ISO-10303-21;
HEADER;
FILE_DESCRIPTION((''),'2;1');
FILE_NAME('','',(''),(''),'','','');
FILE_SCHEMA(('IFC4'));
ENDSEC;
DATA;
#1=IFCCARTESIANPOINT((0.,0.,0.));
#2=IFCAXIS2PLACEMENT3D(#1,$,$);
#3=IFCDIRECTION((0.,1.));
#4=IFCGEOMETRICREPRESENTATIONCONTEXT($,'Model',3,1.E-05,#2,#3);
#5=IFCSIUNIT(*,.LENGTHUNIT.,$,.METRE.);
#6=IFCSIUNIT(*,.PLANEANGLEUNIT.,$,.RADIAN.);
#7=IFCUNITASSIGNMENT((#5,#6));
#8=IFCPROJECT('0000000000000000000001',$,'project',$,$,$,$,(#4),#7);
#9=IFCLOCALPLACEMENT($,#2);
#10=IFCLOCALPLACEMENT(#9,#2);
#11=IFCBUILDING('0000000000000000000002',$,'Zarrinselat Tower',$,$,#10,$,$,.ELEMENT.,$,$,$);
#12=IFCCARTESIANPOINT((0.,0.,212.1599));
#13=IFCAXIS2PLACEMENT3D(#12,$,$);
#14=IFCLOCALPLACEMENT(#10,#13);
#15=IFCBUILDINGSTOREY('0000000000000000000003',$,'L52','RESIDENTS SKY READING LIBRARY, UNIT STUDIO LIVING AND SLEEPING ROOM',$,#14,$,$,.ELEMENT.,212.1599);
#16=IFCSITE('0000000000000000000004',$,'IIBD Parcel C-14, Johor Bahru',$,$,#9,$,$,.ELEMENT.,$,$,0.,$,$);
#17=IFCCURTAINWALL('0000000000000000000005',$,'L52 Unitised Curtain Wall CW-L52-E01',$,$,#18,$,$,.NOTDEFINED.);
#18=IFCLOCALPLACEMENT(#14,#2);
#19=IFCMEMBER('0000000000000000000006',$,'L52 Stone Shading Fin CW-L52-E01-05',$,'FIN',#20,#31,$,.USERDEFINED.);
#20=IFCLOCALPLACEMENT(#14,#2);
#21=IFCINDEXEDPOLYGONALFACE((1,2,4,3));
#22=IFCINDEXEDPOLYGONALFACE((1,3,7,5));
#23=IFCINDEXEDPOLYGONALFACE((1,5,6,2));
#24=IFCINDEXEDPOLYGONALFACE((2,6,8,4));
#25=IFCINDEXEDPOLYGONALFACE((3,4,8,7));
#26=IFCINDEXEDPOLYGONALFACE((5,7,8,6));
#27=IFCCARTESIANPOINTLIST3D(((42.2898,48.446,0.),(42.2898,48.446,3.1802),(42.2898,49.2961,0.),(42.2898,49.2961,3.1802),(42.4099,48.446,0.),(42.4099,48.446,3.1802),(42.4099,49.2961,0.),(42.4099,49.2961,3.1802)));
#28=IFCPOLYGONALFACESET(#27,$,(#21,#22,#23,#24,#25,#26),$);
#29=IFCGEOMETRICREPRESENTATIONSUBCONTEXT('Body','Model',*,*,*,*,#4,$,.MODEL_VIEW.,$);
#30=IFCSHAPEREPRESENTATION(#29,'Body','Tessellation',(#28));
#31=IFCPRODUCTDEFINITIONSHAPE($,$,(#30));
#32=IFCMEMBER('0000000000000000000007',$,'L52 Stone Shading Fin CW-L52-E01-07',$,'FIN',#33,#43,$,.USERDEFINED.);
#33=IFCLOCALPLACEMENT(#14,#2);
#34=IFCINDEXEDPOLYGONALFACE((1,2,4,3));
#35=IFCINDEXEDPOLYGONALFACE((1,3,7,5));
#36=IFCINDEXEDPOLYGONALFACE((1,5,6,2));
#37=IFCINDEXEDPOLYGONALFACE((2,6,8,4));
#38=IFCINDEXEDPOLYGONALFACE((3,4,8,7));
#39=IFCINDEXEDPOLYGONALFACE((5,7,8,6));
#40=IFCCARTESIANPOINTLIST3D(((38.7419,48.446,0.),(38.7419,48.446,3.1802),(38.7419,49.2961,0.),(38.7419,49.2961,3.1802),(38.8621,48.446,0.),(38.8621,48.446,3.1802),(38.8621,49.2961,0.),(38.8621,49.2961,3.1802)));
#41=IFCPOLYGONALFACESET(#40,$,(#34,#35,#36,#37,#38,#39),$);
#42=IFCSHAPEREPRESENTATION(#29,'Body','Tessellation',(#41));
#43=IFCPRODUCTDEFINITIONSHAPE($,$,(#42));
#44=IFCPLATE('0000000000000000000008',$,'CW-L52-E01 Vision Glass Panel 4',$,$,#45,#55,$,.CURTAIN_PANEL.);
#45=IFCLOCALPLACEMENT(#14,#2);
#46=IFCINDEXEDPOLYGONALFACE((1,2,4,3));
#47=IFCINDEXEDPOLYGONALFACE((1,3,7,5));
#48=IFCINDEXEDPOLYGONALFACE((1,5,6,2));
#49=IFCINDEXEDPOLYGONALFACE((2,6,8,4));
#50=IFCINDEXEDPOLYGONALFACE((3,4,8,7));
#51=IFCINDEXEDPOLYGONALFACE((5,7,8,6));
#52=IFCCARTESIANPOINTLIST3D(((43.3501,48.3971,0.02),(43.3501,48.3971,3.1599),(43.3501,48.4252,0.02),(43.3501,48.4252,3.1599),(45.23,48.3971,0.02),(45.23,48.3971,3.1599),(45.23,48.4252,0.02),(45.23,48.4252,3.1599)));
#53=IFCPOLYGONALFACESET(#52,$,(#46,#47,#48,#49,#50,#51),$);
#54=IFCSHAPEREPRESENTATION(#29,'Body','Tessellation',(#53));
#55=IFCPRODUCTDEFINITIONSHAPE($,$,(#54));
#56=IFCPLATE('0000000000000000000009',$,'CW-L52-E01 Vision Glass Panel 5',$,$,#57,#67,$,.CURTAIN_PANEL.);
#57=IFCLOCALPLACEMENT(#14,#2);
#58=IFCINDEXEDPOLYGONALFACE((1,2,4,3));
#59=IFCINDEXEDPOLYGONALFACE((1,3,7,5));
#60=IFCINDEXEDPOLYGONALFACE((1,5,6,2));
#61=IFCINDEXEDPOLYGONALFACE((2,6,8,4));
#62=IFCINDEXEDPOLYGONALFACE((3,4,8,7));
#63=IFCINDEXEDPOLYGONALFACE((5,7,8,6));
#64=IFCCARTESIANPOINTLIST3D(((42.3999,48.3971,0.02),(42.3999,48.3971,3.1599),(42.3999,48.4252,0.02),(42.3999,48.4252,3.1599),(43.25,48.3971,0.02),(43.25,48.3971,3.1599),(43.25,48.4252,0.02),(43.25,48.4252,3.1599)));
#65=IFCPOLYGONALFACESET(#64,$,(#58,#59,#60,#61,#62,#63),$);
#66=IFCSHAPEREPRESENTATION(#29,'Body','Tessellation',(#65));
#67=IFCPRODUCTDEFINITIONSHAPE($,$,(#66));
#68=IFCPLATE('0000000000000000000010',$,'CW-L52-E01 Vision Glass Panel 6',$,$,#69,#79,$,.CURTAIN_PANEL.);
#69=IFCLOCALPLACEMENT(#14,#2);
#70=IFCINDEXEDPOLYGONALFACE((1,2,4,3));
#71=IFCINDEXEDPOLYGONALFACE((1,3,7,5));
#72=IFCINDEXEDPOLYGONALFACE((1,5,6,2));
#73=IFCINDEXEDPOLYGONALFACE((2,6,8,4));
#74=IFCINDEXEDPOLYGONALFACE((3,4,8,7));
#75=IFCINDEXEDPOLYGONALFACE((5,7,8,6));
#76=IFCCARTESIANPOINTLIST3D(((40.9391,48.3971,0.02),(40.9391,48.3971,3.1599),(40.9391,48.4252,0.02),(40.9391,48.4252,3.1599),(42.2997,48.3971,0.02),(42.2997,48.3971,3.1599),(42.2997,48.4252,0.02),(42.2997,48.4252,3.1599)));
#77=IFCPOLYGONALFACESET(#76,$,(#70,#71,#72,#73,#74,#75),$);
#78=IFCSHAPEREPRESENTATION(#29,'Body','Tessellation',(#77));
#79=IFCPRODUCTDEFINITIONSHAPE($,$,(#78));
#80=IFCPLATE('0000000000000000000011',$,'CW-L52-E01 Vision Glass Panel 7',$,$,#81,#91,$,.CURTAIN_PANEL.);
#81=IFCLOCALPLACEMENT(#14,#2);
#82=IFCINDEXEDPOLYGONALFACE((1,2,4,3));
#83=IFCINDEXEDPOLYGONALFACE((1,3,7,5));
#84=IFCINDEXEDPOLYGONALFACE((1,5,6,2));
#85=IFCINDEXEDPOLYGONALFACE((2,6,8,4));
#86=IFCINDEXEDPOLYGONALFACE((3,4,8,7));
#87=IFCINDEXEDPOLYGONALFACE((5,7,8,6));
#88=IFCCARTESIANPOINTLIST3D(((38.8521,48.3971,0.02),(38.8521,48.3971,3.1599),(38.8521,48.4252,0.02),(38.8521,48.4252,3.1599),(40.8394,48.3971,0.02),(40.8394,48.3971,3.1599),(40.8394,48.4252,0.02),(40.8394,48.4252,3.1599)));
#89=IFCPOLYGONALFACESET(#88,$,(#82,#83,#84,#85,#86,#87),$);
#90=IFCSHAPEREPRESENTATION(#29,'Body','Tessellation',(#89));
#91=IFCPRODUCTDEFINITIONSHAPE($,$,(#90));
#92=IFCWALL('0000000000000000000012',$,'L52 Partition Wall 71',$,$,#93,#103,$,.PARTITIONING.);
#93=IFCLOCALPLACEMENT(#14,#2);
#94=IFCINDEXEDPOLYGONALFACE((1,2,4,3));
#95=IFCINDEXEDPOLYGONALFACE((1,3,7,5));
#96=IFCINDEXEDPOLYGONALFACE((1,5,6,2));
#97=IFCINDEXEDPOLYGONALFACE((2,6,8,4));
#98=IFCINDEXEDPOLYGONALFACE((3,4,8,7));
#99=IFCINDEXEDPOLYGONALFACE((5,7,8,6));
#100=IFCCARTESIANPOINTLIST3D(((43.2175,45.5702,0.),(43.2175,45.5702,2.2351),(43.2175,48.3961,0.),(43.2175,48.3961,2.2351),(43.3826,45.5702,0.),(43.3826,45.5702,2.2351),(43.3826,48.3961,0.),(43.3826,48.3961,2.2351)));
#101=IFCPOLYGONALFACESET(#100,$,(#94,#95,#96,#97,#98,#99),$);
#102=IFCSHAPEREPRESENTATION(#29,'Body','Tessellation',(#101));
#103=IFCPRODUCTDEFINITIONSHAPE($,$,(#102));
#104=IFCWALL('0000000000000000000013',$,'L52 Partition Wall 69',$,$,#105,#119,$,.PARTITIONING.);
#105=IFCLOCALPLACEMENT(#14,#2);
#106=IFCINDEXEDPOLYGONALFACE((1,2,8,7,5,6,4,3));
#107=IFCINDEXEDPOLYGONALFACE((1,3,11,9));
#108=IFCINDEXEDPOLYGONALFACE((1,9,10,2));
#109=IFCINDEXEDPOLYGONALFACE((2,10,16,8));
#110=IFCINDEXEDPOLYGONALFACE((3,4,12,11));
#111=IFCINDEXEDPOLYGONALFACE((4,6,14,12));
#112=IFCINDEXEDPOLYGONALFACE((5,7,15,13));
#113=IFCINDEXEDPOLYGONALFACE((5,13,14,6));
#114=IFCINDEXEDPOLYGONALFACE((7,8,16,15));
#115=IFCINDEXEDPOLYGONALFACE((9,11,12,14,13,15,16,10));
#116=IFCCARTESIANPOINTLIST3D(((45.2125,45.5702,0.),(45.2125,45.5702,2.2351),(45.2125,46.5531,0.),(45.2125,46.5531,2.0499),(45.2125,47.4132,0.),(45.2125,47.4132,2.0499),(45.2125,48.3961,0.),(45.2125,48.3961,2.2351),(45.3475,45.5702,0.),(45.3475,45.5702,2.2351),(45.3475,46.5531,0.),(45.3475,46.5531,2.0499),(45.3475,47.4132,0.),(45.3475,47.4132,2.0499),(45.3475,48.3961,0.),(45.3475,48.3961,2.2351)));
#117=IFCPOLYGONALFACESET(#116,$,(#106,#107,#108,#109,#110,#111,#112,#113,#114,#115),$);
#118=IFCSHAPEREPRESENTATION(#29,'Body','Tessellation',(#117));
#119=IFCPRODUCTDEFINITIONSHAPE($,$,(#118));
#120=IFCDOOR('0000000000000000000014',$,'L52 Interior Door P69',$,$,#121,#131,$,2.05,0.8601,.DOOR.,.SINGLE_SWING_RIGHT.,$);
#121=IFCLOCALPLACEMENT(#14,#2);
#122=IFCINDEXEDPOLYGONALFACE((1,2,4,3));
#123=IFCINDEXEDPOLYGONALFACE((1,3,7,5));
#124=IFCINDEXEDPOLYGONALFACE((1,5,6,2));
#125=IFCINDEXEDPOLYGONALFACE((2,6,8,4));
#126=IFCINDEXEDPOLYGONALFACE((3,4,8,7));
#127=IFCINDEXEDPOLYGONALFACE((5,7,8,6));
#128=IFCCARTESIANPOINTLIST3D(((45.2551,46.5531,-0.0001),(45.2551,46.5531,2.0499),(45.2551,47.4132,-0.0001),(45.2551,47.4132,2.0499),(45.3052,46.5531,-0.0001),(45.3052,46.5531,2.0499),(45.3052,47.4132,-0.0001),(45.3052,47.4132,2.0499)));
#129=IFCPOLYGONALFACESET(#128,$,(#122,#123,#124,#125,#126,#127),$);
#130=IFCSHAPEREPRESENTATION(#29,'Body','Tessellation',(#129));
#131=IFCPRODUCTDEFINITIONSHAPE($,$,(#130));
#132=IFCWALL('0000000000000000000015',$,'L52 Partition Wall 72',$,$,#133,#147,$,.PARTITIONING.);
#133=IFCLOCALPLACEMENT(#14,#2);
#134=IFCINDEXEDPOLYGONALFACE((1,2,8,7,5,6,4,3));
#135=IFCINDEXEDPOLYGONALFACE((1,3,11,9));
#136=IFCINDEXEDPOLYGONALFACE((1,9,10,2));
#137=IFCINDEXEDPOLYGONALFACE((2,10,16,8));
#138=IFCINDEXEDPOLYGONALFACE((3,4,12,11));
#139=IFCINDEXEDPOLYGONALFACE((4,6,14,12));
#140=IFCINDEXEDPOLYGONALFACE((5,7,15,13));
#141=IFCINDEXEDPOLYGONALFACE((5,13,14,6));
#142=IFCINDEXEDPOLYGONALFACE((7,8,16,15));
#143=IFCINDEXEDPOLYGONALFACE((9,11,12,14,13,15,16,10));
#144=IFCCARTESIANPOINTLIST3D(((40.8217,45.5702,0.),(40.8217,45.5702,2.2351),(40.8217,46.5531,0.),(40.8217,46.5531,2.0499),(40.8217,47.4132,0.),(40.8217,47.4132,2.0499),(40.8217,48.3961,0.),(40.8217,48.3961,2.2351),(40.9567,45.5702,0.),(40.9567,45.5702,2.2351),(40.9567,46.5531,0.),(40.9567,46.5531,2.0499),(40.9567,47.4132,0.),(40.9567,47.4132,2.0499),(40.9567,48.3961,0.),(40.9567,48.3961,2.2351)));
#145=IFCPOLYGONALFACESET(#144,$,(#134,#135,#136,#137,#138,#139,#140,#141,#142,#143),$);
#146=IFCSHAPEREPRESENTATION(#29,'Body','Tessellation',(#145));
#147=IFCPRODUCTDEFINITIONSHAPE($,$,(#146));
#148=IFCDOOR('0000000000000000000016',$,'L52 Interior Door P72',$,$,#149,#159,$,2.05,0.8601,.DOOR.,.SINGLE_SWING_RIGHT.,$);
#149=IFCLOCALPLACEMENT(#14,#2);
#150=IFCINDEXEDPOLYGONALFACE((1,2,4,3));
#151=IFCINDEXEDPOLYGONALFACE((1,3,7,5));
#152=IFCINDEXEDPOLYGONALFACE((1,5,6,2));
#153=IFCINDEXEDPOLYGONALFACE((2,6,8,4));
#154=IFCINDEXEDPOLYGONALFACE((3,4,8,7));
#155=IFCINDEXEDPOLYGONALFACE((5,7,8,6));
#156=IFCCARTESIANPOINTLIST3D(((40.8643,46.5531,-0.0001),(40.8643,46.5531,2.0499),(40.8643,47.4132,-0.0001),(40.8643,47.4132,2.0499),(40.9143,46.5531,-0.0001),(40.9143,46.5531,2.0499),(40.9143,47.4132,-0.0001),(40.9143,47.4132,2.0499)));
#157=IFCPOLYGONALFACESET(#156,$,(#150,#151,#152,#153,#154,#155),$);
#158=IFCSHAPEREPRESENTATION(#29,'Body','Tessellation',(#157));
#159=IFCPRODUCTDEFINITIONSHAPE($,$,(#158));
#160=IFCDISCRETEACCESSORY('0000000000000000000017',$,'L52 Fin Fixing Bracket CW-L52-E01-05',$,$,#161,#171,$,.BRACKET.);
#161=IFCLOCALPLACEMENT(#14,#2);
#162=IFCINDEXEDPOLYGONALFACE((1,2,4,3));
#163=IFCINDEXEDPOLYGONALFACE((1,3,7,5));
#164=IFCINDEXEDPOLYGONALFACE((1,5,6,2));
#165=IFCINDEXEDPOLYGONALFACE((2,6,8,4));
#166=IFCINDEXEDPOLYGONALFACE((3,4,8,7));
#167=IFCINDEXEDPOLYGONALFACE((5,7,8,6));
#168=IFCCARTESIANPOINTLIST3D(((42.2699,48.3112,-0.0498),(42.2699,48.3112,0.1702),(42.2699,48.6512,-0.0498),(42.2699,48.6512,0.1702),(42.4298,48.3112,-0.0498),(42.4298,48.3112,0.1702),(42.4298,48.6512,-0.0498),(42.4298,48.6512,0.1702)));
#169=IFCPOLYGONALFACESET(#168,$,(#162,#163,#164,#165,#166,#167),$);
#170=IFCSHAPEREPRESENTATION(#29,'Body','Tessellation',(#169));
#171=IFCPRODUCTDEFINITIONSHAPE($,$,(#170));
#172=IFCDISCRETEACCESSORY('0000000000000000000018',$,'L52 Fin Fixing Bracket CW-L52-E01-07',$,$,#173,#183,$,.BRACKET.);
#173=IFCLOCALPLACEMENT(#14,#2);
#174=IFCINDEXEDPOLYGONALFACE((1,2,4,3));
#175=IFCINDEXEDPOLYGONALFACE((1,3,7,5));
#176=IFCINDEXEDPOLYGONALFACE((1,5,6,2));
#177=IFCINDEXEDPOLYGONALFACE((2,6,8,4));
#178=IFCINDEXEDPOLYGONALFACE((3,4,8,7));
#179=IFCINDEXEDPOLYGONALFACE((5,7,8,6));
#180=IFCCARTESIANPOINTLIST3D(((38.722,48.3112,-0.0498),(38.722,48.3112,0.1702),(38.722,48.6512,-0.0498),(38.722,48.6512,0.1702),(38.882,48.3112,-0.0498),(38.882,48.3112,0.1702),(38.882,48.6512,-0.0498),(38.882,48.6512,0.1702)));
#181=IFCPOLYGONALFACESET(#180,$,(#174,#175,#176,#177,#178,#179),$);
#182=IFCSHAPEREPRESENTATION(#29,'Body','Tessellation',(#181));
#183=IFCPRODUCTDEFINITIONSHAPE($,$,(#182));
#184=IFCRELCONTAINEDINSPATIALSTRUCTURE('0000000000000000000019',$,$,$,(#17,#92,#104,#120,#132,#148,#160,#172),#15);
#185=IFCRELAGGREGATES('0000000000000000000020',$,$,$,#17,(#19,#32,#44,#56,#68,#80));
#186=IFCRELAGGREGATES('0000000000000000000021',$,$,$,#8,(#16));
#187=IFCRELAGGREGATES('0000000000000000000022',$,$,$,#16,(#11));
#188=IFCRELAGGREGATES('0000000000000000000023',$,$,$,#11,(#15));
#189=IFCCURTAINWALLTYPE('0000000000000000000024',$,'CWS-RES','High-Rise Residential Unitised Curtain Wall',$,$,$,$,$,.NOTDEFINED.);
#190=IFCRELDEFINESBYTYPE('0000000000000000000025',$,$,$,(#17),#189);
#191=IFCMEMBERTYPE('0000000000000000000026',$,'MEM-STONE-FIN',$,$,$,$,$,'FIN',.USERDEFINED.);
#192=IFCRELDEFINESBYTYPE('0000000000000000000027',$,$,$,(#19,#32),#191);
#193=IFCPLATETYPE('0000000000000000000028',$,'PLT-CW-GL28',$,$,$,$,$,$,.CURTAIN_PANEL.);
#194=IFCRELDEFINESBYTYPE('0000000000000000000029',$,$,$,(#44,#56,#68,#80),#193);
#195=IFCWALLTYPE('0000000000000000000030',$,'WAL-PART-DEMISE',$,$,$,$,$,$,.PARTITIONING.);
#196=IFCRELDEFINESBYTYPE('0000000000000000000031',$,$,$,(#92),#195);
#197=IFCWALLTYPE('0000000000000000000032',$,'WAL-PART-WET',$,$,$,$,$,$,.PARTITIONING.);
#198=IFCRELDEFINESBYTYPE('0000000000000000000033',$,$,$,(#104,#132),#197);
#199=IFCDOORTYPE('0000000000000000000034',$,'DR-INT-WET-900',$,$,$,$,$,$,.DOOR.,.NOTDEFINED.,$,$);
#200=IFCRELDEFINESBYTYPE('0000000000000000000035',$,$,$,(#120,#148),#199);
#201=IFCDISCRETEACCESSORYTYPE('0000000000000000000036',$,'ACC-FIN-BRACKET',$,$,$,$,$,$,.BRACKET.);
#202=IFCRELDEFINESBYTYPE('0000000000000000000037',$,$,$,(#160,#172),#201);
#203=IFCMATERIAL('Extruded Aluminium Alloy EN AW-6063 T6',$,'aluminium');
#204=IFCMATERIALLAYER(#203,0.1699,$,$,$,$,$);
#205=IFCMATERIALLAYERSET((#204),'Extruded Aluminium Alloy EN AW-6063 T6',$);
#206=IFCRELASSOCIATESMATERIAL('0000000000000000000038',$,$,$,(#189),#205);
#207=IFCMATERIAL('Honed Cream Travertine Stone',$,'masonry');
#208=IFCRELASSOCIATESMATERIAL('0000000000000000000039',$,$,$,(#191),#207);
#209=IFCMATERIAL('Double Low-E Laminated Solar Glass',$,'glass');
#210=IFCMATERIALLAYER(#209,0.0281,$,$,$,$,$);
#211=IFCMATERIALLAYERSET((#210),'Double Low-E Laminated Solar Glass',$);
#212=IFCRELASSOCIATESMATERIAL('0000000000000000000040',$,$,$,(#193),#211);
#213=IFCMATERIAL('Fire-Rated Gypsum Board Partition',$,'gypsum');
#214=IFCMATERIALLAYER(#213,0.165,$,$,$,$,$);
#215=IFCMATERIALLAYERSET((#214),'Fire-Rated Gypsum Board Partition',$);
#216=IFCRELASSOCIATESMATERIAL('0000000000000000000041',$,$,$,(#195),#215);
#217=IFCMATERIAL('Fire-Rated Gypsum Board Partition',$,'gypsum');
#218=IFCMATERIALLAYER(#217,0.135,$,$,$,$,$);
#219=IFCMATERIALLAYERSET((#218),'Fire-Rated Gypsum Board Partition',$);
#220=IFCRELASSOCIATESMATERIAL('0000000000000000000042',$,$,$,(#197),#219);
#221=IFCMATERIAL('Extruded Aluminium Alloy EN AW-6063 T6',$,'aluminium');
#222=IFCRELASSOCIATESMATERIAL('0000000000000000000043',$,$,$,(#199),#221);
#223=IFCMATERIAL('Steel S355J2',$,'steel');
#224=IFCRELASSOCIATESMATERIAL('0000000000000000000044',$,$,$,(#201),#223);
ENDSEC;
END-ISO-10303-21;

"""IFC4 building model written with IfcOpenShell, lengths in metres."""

from ifc_helpers import new_model, si_unit, direction, frame, frame_2d, origin, origin_2d, place, context, subcontext, project, spatial, rectangle, extrude, material, layer, layer_set, material_profile, profile_set, type_object, element, fill, aggregate, save


model = new_model("IFC4")

# Units and contexts
model_context = context("Model", 3, precision=1e-05, world=origin(), true_north=direction((0.0, 1.0)))
body_context = subcontext(model_context, "Body", "Model", "MODEL_VIEW")
ifc_project = project(units=[si_unit("LENGTHUNIT", "METRE"), si_unit("PLANEANGLEUNIT", "RADIAN")], contexts=[model_context])

# Site, building, storey
site_placement = place(None, origin())
site = spatial("IfcSite", under=ifc_project, at=site_placement, Name="IIBD Parcel C-14, Johor Bahru", CompositionType="ELEMENT", RefElevation=0.0)
building_placement = place(site_placement, origin())
building = spatial("IfcBuilding", under=site, at=building_placement, Name="Zarrinselat Tower", CompositionType="ELEMENT")
storey_placement = place(building_placement, frame((0.0, 0.0, 212.1599)))
storey = spatial("IfcBuildingStorey", under=building, at=storey_placement, Name="L52", Description="RESIDENTS SKY READING LIBRARY, UNIT STUDIO LIVING AND SLEEPING ROOM", CompositionType="ELEMENT", Elevation=212.1599)

# Curtain wall, members, plates
ifc_material_1 = material(Name="Extruded Aluminium Alloy EN AW-6063 T6", Category="aluminium")
ifc_layer_1 = layer(ifc_material_1, 0.1699)
ifc_layer_set_1 = layer_set([ifc_layer_1], Name="Extruded Aluminium Alloy EN AW-6063 T6")
curtain_wall_type = type_object("IfcCurtainWallType", Name="CWS-RES", Description="High-Rise Residential Unitised Curtain Wall", PredefinedType="NOTDEFINED", material=ifc_layer_set_1)
curtain_wall_placement = place(storey_placement, origin())
curtain_wall = element("IfcCurtainWall", 1, at=curtain_wall_placement, inside=storey, type_object=curtain_wall_type, Name="L52 Unitised Curtain Wall CW-L52-E01", PredefinedType="NOTDEFINED")
ifc_material_2 = material(Name="Honed Cream Travertine Stone", Category="masonry")
ifc_material_profile_1 = material_profile(ifc_material_2, rectangle(XDim=0.1201, YDim=0.8501, at=origin_2d()), Name="FIN 850x120")
ifc_profile_set_1 = profile_set([ifc_material_profile_1], Name="Honed Cream Travertine Stone")
member_type_1 = type_object("IfcMemberType", Name="MEM-STONE-FIN", ElementType="FIN", PredefinedType="USERDEFINED", material=ifc_profile_set_1)
member_1_placement = place(storey_placement, frame((42.3499, 48.8711, 0.0), z_axis=(0.0, 0.0, 1.0), x_axis=(1.0, 0.0, 0.0)))
member_1 = element("IfcMember", 2, at=member_1_placement, type_object=member_type_1, Name="L52 Stone Shading Fin CW-L52-E01-05", ObjectType="FIN", PredefinedType="USERDEFINED", context=body_context, shape_type="SweptSolid", body=[
    extrude(rectangle(XDim=0.1201, YDim=0.8501, at=origin_2d()), origin(), (0.0, 0.0, 1.0), 3.1802),
])
member_2_placement = place(storey_placement, frame((38.802, 48.8711, 0.0), z_axis=(0.0, 0.0, 1.0), x_axis=(1.0, 0.0, 0.0)))
member_2 = element("IfcMember", 3, at=member_2_placement, type_object=member_type_1, Name="L52 Stone Shading Fin CW-L52-E01-07", ObjectType="FIN", PredefinedType="USERDEFINED", context=body_context, shape_type="SweptSolid", body=[
    extrude(rectangle(XDim=0.1201, YDim=0.8501, at=origin_2d()), origin(), (0.0, 0.0, 1.0), 3.1802),
])
ifc_material_3 = material(Name="Double Low-E Laminated Solar Glass", Category="glass")
ifc_layer_2 = layer(ifc_material_3, 0.0281)
ifc_layer_set_2 = layer_set([ifc_layer_2], Name="Double Low-E Laminated Solar Glass")
plate_type = type_object("IfcPlateType", Name="PLT-CW-GL28", PredefinedType="CURTAIN_PANEL", material=ifc_layer_set_2)
plate_1_placement = place(storey_placement, frame((44.29, 48.4111, 0.02), z_axis=(0.0, 0.0, 1.0), x_axis=(-1.0, 0.0, 0.0)))
plate_1 = element("IfcPlate", 4, at=plate_1_placement, type_object=plate_type, Name="CW-L52-E01 Vision Glass Panel 4", PredefinedType="CURTAIN_PANEL", context=body_context, shape_type="SweptSolid", body=[
    extrude(rectangle(XDim=1.8799, YDim=0.0281, at=origin_2d()), origin(), (0.0, 0.0, 1.0), 3.1399),
])
plate_2_placement = place(storey_placement, frame((42.825, 48.4111, 0.02), z_axis=(0.0, 0.0, 1.0), x_axis=(-1.0, 0.0, 0.0)))
plate_2 = element("IfcPlate", 5, at=plate_2_placement, type_object=plate_type, Name="CW-L52-E01 Vision Glass Panel 5", PredefinedType="CURTAIN_PANEL", context=body_context, shape_type="SweptSolid", body=[
    extrude(rectangle(XDim=0.8501, YDim=0.0281, at=origin_2d()), origin(), (0.0, 0.0, 1.0), 3.1399),
])
plate_3_placement = place(storey_placement, frame((41.6194, 48.4111, 0.02), z_axis=(0.0, 0.0, 1.0), x_axis=(-1.0, 0.0, 0.0)))
plate_3 = element("IfcPlate", 6, at=plate_3_placement, type_object=plate_type, Name="CW-L52-E01 Vision Glass Panel 6", PredefinedType="CURTAIN_PANEL", context=body_context, shape_type="SweptSolid", body=[
    extrude(rectangle(XDim=1.3606, YDim=0.0281, at=origin_2d()), origin(), (0.0, 0.0, 1.0), 3.1399),
])
plate_4_placement = place(storey_placement, frame((39.8457, 48.4111, 0.02), z_axis=(0.0, 0.0, 1.0), x_axis=(-1.0, 0.0, 0.0)))
plate_4 = element("IfcPlate", 7, at=plate_4_placement, type_object=plate_type, Name="CW-L52-E01 Vision Glass Panel 7", PredefinedType="CURTAIN_PANEL", context=body_context, shape_type="SweptSolid", body=[
    extrude(rectangle(XDim=1.9873, YDim=0.0281, at=origin_2d()), origin(), (0.0, 0.0, 1.0), 3.1399),
])
aggregate(curtain_wall, [member_1, member_2, plate_1, plate_2, plate_3, plate_4])

# Wall
ifc_material_4 = material(Name="Fire-Rated Gypsum Board Partition", Category="gypsum")
ifc_layer_3 = layer(ifc_material_4, 0.165)
ifc_layer_set_3 = layer_set([ifc_layer_3], Name="Fire-Rated Gypsum Board Partition")
wall_type_1 = type_object("IfcWallType", Name="WAL-PART-DEMISE", PredefinedType="PARTITIONING", material=ifc_layer_set_3)
wall_1_placement = place(storey_placement, frame((43.3, 45.5701, 0.0), z_axis=(0.0, 0.0, 1.0), x_axis=(0.0, 1.0, 0.0)))
element("IfcWall", 8, at=wall_1_placement, inside=storey, type_object=wall_type_1, Name="L52 Partition Wall 71", PredefinedType="PARTITIONING", context=body_context, shape_type="SweptSolid", body=[
    extrude(rectangle(XDim=2.8259, YDim=0.165, at=frame_2d((1.4131, 0.0))), origin(), (0.0, 0.0, 1.0), 2.2351),
])

# Walls, openings, doors
ifc_material_5 = material(Name="Fire-Rated Gypsum Board Partition", Category="gypsum")
ifc_layer_4 = layer(ifc_material_5, 0.135)
ifc_layer_set_4 = layer_set([ifc_layer_4], Name="Fire-Rated Gypsum Board Partition")
wall_type_2 = type_object("IfcWallType", Name="WAL-PART-WET", PredefinedType="PARTITIONING", material=ifc_layer_set_4)
wall_2_placement = place(storey_placement, frame((45.28, 45.5701, 0.0), z_axis=(0.0, 0.0, 1.0), x_axis=(0.0, 1.0, 0.0)))
wall_2 = element("IfcWall", 9, at=wall_2_placement, inside=storey, type_object=wall_type_2, Name="L52 Partition Wall 69", PredefinedType="PARTITIONING", context=body_context, shape_type="SweptSolid", body=[
    extrude(rectangle(XDim=2.8259, YDim=0.135, at=frame_2d((1.4131, 0.0))), origin(), (0.0, 0.0, 1.0), 2.2351),
])
opening_1_placement = place(wall_2_placement, frame((0.9829, 0.0, 0.0)))
opening_1 = element("IfcOpeningElement", 10, at=opening_1_placement, cuts=wall_2, PredefinedType="OPENING", context=body_context, shape_type="SweptSolid", body=[
    extrude(rectangle(XDim=0.8601, YDim=2.05, at=frame_2d((0.4302, 1.0249))), frame((0.0, 0.0774, 0.0), z_axis=(0.0, -1.0, 0.0), x_axis=(1.0, 0.0, 0.0)), (0.0, 0.0, 1.0), 0.155),
])
ifc_material_6 = material(Name="Extruded Aluminium Alloy EN AW-6063 T6", Category="aluminium")
door_type = type_object("IfcDoorType", Name="DR-INT-WET-900", OperationType="NOTDEFINED", PredefinedType="DOOR", material=ifc_material_6)
door_1_placement = place(opening_1_placement, origin())
door_1 = element("IfcDoor", 11, at=door_1_placement, inside=storey, type_object=door_type, Name="L52 Interior Door P69", OperationType="SINGLE_SWING_RIGHT", OverallHeight=2.05, OverallWidth=0.8601, PredefinedType="DOOR", context=body_context, shape_type="SweptSolid", body=[
    extrude(rectangle(XDim=0.8601, YDim=2.05, at=frame_2d((0.4302, 1.0249))), frame((0.0, 0.0249, 0.0), z_axis=(0.0, -1.0, 0.0), x_axis=(1.0, 0.0, 0.0)), (0.0, 0.0, 1.0), 0.05),
])
fill(opening_1, door_1)
wall_3_placement = place(storey_placement, frame((40.8892, 45.5701, 0.0), z_axis=(0.0, 0.0, 1.0), x_axis=(0.0, 1.0, 0.0)))
wall_3 = element("IfcWall", 12, at=wall_3_placement, inside=storey, type_object=wall_type_2, Name="L52 Partition Wall 72", PredefinedType="PARTITIONING", context=body_context, shape_type="SweptSolid", body=[
    extrude(rectangle(XDim=2.8259, YDim=0.135, at=frame_2d((1.4131, 0.0))), origin(), (0.0, 0.0, 1.0), 2.2351),
])
opening_2_placement = place(wall_3_placement, frame((0.9829, 0.0, 0.0)))
opening_2 = element("IfcOpeningElement", 13, at=opening_2_placement, cuts=wall_3, PredefinedType="OPENING", context=body_context, shape_type="SweptSolid", body=[
    extrude(rectangle(XDim=0.8601, YDim=2.05, at=frame_2d((0.4302, 1.0249))), frame((0.0, 0.0774, 0.0), z_axis=(0.0, -1.0, 0.0), x_axis=(1.0, 0.0, 0.0)), (0.0, 0.0, 1.0), 0.155),
])
door_2_placement = place(opening_2_placement, origin())
door_2 = element("IfcDoor", 14, at=door_2_placement, inside=storey, type_object=door_type, Name="L52 Interior Door P72", OperationType="SINGLE_SWING_RIGHT", OverallHeight=2.05, OverallWidth=0.8601, PredefinedType="DOOR", context=body_context, shape_type="SweptSolid", body=[
    extrude(rectangle(XDim=0.8601, YDim=2.05, at=frame_2d((0.4302, 1.0249))), frame((0.0, 0.0249, 0.0), z_axis=(0.0, -1.0, 0.0), x_axis=(1.0, 0.0, 0.0)), (0.0, 0.0, 1.0), 0.05),
])
fill(opening_2, door_2)

# Discrete accessories
ifc_material_7 = material(Name="Steel S355J2", Category="steel")
discrete_accessory_type = type_object("IfcDiscreteAccessoryType", Name="ACC-FIN-BRACKET", PredefinedType="BRACKET", material=ifc_material_7)
for number, where, z_axis, x_axis, name in (
    (15, (42.3499, 48.4812, -0.0498), (0.0, 0.0, 1.0), (0.0, 1.0, 0.0), "L52 Fin Fixing Bracket CW-L52-E01-05"),
    (16, (38.802, 48.4812, -0.0498), (0.0, 0.0, 1.0), (0.0, 1.0, 0.0), "L52 Fin Fixing Bracket CW-L52-E01-07"),
):
    element("IfcDiscreteAccessory", number, at=place(storey_placement, frame(where, z_axis=z_axis, x_axis=x_axis)), inside=storey, type_object=discrete_accessory_type, Name=name, PredefinedType="BRACKET", context=body_context, shape_type="SweptSolid", body=[
        extrude(rectangle(XDim=0.3401, YDim=0.1599, at=origin_2d()), origin(), (0.0, 0.0, 1.0), 0.22),
    ])

save(model, "model.ifc")
